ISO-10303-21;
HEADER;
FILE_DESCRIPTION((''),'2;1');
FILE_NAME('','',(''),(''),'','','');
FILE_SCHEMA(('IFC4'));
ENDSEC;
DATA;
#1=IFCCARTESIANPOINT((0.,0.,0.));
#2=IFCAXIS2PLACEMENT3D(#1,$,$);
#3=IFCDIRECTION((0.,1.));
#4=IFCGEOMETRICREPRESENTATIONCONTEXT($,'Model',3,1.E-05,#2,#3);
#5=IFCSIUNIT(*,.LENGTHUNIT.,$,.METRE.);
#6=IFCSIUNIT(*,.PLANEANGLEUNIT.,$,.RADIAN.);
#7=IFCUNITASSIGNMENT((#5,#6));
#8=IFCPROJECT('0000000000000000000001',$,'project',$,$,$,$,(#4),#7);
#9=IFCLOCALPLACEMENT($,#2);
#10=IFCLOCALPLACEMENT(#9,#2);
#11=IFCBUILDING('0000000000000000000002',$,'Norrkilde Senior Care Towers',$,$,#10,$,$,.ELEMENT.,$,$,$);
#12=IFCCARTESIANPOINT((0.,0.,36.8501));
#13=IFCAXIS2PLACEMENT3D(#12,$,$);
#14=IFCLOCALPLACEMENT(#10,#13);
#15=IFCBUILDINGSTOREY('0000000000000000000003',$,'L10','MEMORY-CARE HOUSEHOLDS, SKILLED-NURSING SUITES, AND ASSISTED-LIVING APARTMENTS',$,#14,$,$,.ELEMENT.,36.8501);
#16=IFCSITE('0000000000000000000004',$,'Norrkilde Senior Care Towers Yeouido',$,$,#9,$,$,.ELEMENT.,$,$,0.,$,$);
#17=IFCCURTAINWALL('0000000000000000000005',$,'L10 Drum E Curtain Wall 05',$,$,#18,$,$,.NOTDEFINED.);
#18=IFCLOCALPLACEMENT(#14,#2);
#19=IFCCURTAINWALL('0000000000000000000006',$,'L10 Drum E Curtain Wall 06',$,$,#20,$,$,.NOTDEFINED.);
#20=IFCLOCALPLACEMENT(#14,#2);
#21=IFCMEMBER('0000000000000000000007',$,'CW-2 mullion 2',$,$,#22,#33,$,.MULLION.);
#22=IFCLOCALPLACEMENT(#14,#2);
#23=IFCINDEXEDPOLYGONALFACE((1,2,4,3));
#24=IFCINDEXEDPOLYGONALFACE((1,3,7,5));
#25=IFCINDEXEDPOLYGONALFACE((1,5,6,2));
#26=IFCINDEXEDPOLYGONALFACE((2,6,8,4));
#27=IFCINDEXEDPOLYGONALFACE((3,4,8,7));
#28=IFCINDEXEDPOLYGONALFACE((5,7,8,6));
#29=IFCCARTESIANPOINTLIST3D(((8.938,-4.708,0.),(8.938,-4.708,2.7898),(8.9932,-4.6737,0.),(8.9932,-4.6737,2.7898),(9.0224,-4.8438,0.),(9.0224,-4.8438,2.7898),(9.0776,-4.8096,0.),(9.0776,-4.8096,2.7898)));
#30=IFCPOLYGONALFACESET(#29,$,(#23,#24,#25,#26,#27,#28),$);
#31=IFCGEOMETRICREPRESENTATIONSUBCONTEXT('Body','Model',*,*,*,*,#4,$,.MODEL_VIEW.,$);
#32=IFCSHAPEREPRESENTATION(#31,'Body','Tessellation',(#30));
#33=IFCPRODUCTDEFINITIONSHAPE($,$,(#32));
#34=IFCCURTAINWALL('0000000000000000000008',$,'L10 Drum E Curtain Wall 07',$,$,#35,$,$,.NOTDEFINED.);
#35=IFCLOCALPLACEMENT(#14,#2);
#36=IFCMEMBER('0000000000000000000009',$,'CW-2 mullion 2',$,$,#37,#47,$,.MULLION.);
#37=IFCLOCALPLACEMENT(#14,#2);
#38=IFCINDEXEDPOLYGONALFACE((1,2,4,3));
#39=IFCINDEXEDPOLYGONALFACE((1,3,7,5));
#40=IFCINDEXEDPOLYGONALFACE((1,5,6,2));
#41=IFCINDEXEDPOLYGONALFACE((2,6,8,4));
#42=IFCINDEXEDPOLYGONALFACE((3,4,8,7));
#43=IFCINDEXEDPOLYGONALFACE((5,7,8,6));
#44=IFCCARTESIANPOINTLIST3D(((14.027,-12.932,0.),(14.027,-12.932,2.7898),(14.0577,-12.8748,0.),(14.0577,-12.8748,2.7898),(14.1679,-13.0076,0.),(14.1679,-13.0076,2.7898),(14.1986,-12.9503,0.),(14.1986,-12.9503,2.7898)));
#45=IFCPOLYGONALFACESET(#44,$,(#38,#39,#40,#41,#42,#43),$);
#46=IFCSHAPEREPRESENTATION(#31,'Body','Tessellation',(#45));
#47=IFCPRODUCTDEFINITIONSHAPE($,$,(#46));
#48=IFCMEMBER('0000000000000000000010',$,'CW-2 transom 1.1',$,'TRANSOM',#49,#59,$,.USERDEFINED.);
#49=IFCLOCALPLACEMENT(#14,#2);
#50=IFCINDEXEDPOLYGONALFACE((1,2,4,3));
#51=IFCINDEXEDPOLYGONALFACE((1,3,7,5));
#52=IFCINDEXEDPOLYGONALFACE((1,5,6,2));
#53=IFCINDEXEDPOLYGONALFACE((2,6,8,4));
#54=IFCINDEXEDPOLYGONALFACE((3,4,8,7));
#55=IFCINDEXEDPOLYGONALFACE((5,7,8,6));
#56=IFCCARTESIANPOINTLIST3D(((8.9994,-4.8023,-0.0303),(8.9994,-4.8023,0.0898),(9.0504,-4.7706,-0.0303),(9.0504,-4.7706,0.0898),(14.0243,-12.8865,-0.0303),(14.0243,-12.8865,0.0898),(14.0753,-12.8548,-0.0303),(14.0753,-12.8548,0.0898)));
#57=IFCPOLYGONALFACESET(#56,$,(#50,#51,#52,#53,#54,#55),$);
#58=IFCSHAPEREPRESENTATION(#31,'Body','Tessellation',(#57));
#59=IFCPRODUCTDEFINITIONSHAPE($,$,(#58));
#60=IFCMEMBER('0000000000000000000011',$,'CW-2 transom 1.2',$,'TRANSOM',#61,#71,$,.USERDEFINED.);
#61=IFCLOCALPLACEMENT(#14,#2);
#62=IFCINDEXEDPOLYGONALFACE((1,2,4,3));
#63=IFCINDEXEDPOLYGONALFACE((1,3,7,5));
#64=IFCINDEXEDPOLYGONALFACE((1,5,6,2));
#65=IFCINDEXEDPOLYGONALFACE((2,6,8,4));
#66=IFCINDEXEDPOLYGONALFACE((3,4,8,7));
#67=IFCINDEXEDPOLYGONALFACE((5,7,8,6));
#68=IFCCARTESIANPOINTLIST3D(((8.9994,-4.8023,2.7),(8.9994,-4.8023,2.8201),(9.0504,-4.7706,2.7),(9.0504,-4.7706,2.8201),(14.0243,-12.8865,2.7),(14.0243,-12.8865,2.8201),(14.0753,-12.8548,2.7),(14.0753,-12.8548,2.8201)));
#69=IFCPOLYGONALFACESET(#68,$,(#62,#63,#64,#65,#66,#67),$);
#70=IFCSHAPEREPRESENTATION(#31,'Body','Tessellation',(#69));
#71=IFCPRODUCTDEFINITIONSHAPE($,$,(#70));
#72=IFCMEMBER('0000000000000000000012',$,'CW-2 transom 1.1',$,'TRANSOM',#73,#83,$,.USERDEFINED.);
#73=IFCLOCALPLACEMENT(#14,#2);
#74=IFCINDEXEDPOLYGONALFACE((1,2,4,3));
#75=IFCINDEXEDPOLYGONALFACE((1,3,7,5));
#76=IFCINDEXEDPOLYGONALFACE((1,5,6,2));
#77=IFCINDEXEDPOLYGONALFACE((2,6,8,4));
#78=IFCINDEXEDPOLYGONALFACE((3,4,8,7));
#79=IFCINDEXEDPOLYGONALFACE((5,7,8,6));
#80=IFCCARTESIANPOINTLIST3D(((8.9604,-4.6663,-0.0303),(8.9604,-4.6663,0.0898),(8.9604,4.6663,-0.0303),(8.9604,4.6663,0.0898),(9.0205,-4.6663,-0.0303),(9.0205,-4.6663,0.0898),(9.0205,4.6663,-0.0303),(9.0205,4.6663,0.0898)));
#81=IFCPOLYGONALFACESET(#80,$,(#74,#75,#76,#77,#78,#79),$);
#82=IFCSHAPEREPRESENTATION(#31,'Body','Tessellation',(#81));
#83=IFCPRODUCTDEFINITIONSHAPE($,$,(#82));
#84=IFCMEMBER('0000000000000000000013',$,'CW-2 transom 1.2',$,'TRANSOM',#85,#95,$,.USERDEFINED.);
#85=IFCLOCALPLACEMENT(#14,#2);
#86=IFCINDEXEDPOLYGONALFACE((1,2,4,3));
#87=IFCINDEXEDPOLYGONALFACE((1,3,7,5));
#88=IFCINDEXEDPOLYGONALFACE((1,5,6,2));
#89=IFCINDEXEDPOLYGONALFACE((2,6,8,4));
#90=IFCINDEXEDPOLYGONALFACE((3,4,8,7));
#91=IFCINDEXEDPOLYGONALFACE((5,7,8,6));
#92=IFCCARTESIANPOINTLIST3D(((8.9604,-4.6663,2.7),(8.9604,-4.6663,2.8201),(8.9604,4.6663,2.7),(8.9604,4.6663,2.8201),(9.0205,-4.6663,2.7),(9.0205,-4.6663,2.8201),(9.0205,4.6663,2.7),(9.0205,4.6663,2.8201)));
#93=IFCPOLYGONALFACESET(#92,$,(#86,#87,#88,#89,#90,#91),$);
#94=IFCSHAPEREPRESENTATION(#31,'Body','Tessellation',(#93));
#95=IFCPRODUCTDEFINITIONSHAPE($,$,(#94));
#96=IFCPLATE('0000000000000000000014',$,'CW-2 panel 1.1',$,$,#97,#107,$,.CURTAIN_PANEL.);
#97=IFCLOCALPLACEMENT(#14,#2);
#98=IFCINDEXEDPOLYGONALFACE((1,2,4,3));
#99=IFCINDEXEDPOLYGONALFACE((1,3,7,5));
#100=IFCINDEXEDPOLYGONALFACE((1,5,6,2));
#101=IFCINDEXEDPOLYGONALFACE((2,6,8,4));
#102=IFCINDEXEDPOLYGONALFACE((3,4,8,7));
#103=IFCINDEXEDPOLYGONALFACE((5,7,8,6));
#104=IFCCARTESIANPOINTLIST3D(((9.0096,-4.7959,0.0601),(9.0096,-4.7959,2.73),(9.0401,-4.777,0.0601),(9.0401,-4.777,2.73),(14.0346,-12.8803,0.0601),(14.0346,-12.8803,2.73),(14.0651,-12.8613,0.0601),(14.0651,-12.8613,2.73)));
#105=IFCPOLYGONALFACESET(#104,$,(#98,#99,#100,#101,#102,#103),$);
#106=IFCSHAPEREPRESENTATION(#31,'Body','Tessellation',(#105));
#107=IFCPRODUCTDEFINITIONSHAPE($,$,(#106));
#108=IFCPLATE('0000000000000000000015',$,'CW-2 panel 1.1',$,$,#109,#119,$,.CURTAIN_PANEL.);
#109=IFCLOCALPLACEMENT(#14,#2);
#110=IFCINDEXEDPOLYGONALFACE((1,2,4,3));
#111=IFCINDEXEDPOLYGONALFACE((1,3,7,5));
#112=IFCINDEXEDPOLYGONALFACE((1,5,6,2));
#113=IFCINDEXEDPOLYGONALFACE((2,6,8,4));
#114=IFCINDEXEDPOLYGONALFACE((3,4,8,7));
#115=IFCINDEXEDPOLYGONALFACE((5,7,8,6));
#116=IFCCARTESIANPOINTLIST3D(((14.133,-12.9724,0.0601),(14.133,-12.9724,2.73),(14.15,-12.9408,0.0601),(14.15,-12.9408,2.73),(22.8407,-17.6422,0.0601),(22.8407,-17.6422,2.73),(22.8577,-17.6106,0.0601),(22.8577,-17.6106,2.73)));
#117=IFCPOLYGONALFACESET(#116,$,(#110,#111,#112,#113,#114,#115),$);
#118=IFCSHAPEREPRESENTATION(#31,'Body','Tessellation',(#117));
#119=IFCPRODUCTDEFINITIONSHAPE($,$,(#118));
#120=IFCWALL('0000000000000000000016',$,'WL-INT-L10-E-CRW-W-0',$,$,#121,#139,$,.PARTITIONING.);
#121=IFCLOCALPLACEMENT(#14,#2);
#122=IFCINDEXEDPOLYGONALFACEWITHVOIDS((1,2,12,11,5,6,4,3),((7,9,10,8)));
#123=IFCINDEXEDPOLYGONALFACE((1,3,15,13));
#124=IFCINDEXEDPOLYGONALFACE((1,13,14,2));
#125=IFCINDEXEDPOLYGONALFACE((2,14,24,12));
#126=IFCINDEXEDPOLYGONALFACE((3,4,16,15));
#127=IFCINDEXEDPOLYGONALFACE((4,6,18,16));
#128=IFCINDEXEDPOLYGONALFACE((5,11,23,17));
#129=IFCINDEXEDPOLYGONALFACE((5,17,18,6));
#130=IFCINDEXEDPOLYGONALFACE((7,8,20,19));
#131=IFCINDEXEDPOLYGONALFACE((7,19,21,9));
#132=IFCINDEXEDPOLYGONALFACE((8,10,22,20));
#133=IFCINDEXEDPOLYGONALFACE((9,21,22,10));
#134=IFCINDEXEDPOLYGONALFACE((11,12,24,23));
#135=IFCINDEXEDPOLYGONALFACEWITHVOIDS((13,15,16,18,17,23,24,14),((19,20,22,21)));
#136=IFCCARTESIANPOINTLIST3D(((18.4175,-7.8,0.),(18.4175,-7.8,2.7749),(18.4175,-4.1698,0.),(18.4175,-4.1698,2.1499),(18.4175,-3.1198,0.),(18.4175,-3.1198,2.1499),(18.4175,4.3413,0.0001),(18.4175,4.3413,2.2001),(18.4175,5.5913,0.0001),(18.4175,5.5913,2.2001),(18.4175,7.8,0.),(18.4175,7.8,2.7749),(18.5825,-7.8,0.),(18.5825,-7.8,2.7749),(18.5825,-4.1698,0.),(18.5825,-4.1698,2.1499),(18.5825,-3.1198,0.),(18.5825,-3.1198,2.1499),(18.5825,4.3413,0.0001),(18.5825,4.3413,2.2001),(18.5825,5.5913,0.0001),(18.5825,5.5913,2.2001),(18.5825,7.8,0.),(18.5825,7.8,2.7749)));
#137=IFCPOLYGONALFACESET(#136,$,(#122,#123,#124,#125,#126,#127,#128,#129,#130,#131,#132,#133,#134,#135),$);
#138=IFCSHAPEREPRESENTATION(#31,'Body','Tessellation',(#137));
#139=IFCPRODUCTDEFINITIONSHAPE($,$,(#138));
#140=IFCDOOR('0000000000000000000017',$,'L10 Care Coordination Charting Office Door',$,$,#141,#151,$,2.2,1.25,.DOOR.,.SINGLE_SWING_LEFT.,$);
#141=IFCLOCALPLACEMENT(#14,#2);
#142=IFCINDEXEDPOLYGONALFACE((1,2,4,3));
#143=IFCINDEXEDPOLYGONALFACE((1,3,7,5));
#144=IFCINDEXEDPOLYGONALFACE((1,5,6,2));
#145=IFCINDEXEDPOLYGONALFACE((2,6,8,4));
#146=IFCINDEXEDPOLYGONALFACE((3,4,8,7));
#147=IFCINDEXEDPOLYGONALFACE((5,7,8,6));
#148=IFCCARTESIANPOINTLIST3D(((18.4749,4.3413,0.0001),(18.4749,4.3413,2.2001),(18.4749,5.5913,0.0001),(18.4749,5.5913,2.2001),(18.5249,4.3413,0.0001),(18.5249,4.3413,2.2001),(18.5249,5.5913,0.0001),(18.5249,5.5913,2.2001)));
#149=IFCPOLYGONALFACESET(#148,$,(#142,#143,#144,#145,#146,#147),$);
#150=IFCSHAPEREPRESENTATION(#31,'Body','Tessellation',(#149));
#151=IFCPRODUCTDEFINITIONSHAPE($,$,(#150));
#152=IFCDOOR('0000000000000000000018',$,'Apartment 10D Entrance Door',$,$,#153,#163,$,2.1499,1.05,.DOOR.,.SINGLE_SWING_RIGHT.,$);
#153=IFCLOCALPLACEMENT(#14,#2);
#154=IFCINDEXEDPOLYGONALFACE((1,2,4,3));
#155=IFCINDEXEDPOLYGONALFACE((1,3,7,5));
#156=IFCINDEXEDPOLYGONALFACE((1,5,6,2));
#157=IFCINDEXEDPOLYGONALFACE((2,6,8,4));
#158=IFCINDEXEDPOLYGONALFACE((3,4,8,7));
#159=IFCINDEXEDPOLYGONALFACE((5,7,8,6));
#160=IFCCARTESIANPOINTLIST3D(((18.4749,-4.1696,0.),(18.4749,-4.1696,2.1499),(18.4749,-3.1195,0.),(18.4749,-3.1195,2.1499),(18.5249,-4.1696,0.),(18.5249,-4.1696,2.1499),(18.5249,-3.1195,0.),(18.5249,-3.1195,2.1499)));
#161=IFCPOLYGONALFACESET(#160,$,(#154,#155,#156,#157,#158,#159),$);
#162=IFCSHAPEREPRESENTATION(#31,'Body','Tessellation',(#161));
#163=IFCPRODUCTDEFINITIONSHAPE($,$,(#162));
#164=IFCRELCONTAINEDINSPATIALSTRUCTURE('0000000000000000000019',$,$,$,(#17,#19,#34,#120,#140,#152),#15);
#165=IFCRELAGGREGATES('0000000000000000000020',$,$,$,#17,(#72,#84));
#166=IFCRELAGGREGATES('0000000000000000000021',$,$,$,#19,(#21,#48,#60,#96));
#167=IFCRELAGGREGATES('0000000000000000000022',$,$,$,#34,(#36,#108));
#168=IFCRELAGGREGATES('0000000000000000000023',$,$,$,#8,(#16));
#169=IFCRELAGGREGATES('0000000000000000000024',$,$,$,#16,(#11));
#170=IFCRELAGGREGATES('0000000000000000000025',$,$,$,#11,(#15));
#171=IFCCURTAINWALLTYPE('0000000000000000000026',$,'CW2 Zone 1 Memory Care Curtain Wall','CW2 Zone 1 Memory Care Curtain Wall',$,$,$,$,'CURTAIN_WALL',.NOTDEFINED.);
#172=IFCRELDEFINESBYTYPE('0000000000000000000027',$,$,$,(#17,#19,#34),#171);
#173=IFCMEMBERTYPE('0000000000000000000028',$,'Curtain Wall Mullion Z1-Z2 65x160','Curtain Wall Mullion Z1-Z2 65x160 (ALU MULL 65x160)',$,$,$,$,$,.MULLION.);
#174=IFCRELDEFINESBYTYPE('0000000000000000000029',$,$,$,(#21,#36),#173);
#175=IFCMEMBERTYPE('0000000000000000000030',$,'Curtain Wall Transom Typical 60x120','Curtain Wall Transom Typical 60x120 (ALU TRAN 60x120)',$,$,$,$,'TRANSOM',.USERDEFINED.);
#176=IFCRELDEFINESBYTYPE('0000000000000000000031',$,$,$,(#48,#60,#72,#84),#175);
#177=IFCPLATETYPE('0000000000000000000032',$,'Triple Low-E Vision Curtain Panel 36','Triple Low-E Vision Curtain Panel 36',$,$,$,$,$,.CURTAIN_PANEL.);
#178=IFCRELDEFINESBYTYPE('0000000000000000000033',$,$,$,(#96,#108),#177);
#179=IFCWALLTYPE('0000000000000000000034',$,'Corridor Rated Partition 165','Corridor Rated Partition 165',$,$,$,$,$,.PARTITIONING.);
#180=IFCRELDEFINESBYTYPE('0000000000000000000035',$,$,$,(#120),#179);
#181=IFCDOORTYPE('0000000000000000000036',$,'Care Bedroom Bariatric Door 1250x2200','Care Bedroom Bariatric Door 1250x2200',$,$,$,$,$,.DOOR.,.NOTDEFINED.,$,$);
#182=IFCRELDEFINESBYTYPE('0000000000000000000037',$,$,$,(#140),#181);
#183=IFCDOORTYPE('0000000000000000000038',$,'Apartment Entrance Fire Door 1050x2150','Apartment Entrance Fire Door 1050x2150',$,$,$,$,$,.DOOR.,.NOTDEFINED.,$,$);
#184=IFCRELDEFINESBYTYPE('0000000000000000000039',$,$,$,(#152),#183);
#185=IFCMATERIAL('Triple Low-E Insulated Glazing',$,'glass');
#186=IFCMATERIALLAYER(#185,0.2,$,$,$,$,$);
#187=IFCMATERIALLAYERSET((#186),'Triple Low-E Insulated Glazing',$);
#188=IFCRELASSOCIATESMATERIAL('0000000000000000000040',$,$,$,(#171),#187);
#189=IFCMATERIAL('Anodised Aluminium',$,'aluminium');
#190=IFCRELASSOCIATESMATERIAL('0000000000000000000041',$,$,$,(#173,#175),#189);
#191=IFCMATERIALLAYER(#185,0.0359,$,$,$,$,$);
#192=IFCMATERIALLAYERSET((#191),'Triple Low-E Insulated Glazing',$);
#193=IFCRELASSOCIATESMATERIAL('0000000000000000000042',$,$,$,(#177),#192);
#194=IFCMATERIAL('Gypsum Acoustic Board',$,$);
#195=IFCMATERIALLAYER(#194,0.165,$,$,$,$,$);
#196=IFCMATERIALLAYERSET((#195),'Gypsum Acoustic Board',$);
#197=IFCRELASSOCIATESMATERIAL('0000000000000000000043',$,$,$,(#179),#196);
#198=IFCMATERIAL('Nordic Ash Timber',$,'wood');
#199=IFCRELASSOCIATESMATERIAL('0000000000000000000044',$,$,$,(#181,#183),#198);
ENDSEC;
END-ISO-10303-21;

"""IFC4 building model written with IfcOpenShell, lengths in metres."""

from ifc_helpers import new_model, si_unit, direction, frame, frame_2d, origin, origin_2d, place, context, subcontext, project, spatial, rectangle, extrude, source, transform, mapped, material, layer, layer_set, material_profile, profile_set, type_object, type_shapes, element, fill, aggregate, save


model = new_model("IFC4")

# Units and contexts
model_context = context("Model", 3, precision=1e-05, world=origin(), true_north=direction((0.0, 1.0)))
body_context = subcontext(model_context, "Body", "Model", "MODEL_VIEW")
ifc_project = project(units=[si_unit("LENGTHUNIT", "METRE"), si_unit("PLANEANGLEUNIT", "RADIAN")], contexts=[model_context])

# Site, building, storey
site_placement = place(None, origin())
site = spatial("IfcSite", under=ifc_project, at=site_placement, Name="Norrkilde Senior Care Towers Yeouido", CompositionType="ELEMENT", RefElevation=0.0)
building_placement = place(site_placement, origin())
building = spatial("IfcBuilding", under=site, at=building_placement, Name="Norrkilde Senior Care Towers", CompositionType="ELEMENT")
storey_placement = place(building_placement, frame((0.0, 0.0, 36.8501)))
storey = spatial("IfcBuildingStorey", under=building, at=storey_placement, Name="L10", Description="MEMORY-CARE HOUSEHOLDS, SKILLED-NURSING SUITES, AND ASSISTED-LIVING APARTMENTS", CompositionType="ELEMENT", Elevation=36.8501)

# Curtain wall
ifc_material_1 = material(Name="Triple Low-E Insulated Glazing", Category="glass")
ifc_layer_1 = layer(ifc_material_1, 0.2)
ifc_layer_set_1 = layer_set([ifc_layer_1], Name="Triple Low-E Insulated Glazing")
curtain_wall_type = type_object("IfcCurtainWallType", Name="CW2 Zone 1 Memory Care Curtain Wall", Description="CW2 Zone 1 Memory Care Curtain Wall", ElementType="CURTAIN_WALL", PredefinedType="NOTDEFINED", material=ifc_layer_set_1)
curtain_wall_1_placement = place(storey_placement, origin())
curtain_wall_1 = element("IfcCurtainWall", 1, at=curtain_wall_1_placement, inside=storey, type_object=curtain_wall_type, Name="L10 Drum E Curtain Wall 05", PredefinedType="NOTDEFINED")
ifc_material_2 = material(Name="Anodised Aluminium", Category="aluminium")
ifc_material_profile_1 = material_profile(ifc_material_2, rectangle(XDim=0.0649, YDim=0.1599, at=origin_2d()), Name="ALU MULL 65x160")
ifc_profile_set_1 = profile_set([ifc_material_profile_1], Name="Anodised Aluminium")
member_type_1 = type_object("IfcMemberType", Name="Curtain Wall Mullion Z1-Z2 65x160", Description="Curtain Wall Mullion Z1-Z2 65x160 (ALU MULL 65x160)", PredefinedType="MULLION", material=ifc_profile_set_1)
shared_shape_1 = source(origin(), body_context, "Body", "SweptSolid", [
    extrude(rectangle(XDim=0.0649, YDim=0.1599, at=origin_2d()), origin(), (0.0, 0.0, 1.0), 2.7898),
])
type_shapes(member_type_1, [shared_shape_1])

# Curtain wall, member
curtain_wall_2_placement = place(storey_placement, origin())
curtain_wall_2 = element("IfcCurtainWall", 2, at=curtain_wall_2_placement, inside=storey, type_object=curtain_wall_type, Name="L10 Drum E Curtain Wall 06", PredefinedType="NOTDEFINED")
member_1_placement = place(storey_placement, frame((9.0078, -4.7588, 0.0), z_axis=(0.0, 0.0, 1.0), x_axis=(-0.849306, -0.527901, 0.0)))
member_1 = element("IfcMember", 3, at=member_1_placement, type_object=member_type_1, Name="CW-2 mullion 2", PredefinedType="MULLION", context=body_context, shape_type="MappedRepresentation", body=[
    mapped(shared_shape_1, transform((0.0, 0.0, 0.0), x_axis=(1.0, 0.0, 0.0), y_axis=(0.0, 1.0, 0.0), z_axis=(0.0, 0.0, 1.0), scale=1.0)),
])

# Curtain wall, member
curtain_wall_3_placement = place(storey_placement, origin())
curtain_wall_3 = element("IfcCurtainWall", 4, at=curtain_wall_3_placement, inside=storey, type_object=curtain_wall_type, Name="L10 Drum E Curtain Wall 07", PredefinedType="NOTDEFINED")
member_2_placement = place(storey_placement, frame((14.1128, -12.9412, 0.0), z_axis=(0.0, 0.0, 1.0), x_axis=(-0.472608, -0.881273, 0.0)))
member_2 = element("IfcMember", 5, at=member_2_placement, type_object=member_type_1, Name="CW-2 mullion 2", PredefinedType="MULLION", context=body_context, shape_type="MappedRepresentation", body=[
    mapped(shared_shape_1, transform((0.0, 0.0, 0.0), x_axis=(1.0, 0.0, 0.0), y_axis=(0.0, 1.0, 0.0), z_axis=(0.0, 0.0, 1.0), scale=1.0)),
])

# Members
ifc_material_profile_2 = material_profile(ifc_material_2, rectangle(XDim=0.0601, YDim=0.1201, at=origin_2d()), Name="ALU TRAN 60x120")
ifc_profile_set_2 = profile_set([ifc_material_profile_2], Name="Anodised Aluminium")
member_type_2 = type_object("IfcMemberType", Name="Curtain Wall Transom Typical 60x120", Description="Curtain Wall Transom Typical 60x120 (ALU TRAN 60x120)", ElementType="TRANSOM", PredefinedType="USERDEFINED", material=ifc_profile_set_2)
shared_shape_2 = source(origin(), body_context, "Body", "SweptSolid", [
    extrude(rectangle(XDim=0.0601, YDim=0.1201, at=origin_2d()), origin(), (0.0, 0.0, 1.0), 9.5186),
])
member_3_placement = place(storey_placement, frame((14.0498, -12.8706, 0.0298), z_axis=(-0.527902, 0.849306, 0.0), x_axis=(-0.849306, -0.527902, 0.0)))
member_3 = element("IfcMember", 6, at=member_3_placement, type_object=member_type_2, Name="CW-2 transom 1.1", ObjectType="TRANSOM", PredefinedType="USERDEFINED", context=body_context, shape_type="MappedRepresentation", body=[
    mapped(shared_shape_2, transform((0.0, 0.0, 0.0), x_axis=(1.0, 0.0, 0.0), y_axis=(0.0, 1.0, 0.0), z_axis=(0.0, 0.0, 1.0), scale=1.0)),
])
member_4_placement = place(storey_placement, frame((14.0498, -12.8706, 2.76), z_axis=(-0.527902, 0.849306, 0.0), x_axis=(-0.849306, -0.527902, 0.0)))
member_4 = element("IfcMember", 7, at=member_4_placement, type_object=member_type_2, Name="CW-2 transom 1.2", ObjectType="TRANSOM", PredefinedType="USERDEFINED", context=body_context, shape_type="MappedRepresentation", body=[
    mapped(shared_shape_2, transform((0.0, 0.0, 0.0), x_axis=(1.0, 0.0, 0.0), y_axis=(0.0, 1.0, 0.0), z_axis=(0.0, 0.0, 1.0), scale=1.0)),
])
shared_shape_3 = source(origin(), body_context, "Body", "SweptSolid", [
    extrude(rectangle(XDim=0.0601, YDim=0.1201, at=origin_2d()), origin(), (0.0, 0.0, 1.0), 9.3325),
])
type_shapes(member_type_2, [shared_shape_2, shared_shape_3])
member_5_placement = place(storey_placement, frame((8.9905, -4.6663, 0.0298), z_axis=(0.0, 1.0, 0.0), x_axis=(-1.0, 0.0, 0.0)))
member_5 = element("IfcMember", 8, at=member_5_placement, type_object=member_type_2, Name="CW-2 transom 1.1", ObjectType="TRANSOM", PredefinedType="USERDEFINED", context=body_context, shape_type="MappedRepresentation", body=[
    mapped(shared_shape_3, transform((0.0, 0.0, 0.0), x_axis=(1.0, 0.0, 0.0), y_axis=(0.0, 1.0, 0.0), z_axis=(0.0, 0.0, 1.0), scale=1.0)),
])
member_6_placement = place(storey_placement, frame((8.9905, -4.6663, 2.76), z_axis=(0.0, 1.0, 0.0), x_axis=(-1.0, 0.0, 0.0)))
member_6 = element("IfcMember", 9, at=member_6_placement, type_object=member_type_2, Name="CW-2 transom 1.2", ObjectType="TRANSOM", PredefinedType="USERDEFINED", context=body_context, shape_type="MappedRepresentation", body=[
    mapped(shared_shape_3, transform((0.0, 0.0, 0.0), x_axis=(1.0, 0.0, 0.0), y_axis=(0.0, 1.0, 0.0), z_axis=(0.0, 0.0, 1.0), scale=1.0)),
])
aggregate(curtain_wall_1, [member_5, member_6])

# Plates
ifc_layer_2 = layer(ifc_material_1, 0.0359)
ifc_layer_set_2 = layer_set([ifc_layer_2], Name="Triple Low-E Insulated Glazing")
plate_type = type_object("IfcPlateType", Name="Triple Low-E Vision Curtain Panel 36", Description="Triple Low-E Vision Curtain Panel 36", PredefinedType="CURTAIN_PANEL", material=ifc_layer_set_2)
shared_shape_4 = source(origin(), body_context, "Body", "SweptSolid", [
    extrude(rectangle(XDim=9.5188, YDim=0.0359, at=origin_2d()), origin(), (0.0, 0.0, 1.0), 2.6699),
])
plate_1_placement = place(storey_placement, frame((11.5374, -8.8286, 0.0601), z_axis=(0.0, 0.0, 1.0), x_axis=(-0.527901, 0.849306, 0.0)))
plate_1 = element("IfcPlate", 10, at=plate_1_placement, type_object=plate_type, Name="CW-2 panel 1.1", PredefinedType="CURTAIN_PANEL", context=body_context, shape_type="MappedRepresentation", body=[
    mapped(shared_shape_4, transform((0.0, 0.0, 0.0), x_axis=(1.0, 0.0, 0.0), y_axis=(0.0, 1.0, 0.0), z_axis=(0.0, 0.0, 1.0), scale=1.0)),
])
aggregate(curtain_wall_2, [member_1, member_3, member_4, plate_1])
shared_shape_5 = source(origin(), body_context, "Body", "SweptSolid", [
    extrude(rectangle(XDim=9.8809, YDim=0.0359, at=origin_2d()), origin(), (0.0, 0.0, 1.0), 2.6699),
])
type_shapes(plate_type, [shared_shape_4, shared_shape_5])
plate_2_placement = place(storey_placement, frame((18.4954, -15.2915, 0.0601), z_axis=(0.0, 0.0, 1.0), x_axis=(-0.881273, 0.472608, 0.0)))
plate_2 = element("IfcPlate", 11, at=plate_2_placement, type_object=plate_type, Name="CW-2 panel 1.1", PredefinedType="CURTAIN_PANEL", context=body_context, shape_type="MappedRepresentation", body=[
    mapped(shared_shape_5, transform((0.0, 0.0, 0.0), x_axis=(1.0, 0.0, 0.0), y_axis=(0.0, 1.0, 0.0), z_axis=(0.0, 0.0, 1.0), scale=1.0)),
])
aggregate(curtain_wall_3, [member_2, plate_2])

# Wall, openings, doors
ifc_material_3 = material(Name="Gypsum Acoustic Board")
ifc_layer_3 = layer(ifc_material_3, 0.165)
ifc_layer_set_3 = layer_set([ifc_layer_3], Name="Gypsum Acoustic Board")
wall_type_1 = type_object("IfcWallType", Name="Corridor Rated Partition 165", Description="Corridor Rated Partition 165", PredefinedType="PARTITIONING", material=ifc_layer_set_3)
shared_shape_6 = source(origin(), body_context, "Body", "SweptSolid", [
    extrude(rectangle(XDim=15.6001, YDim=0.165, at=frame_2d((7.8, 0.0))), origin(), (0.0, 0.0, 1.0), 2.7749),
])
type_shapes(wall_type_1, [shared_shape_6])
wall_1_placement = place(storey_placement, frame((18.5, -7.8, 0.0), z_axis=(0.0, 0.0, 1.0), x_axis=(0.0, 1.0, 0.0)))
wall_1 = element("IfcWall", 12, at=wall_1_placement, inside=storey, type_object=wall_type_1, Name="WL-INT-L10-E-CRW-W-0", PredefinedType="PARTITIONING", context=body_context, shape_type="MappedRepresentation", body=[
    mapped(shared_shape_6, transform((0.0, 0.0, 0.0), x_axis=(1.0, 0.0, 0.0), y_axis=(0.0, 1.0, 0.0), z_axis=(0.0, 0.0, 1.0), scale=1.0)),
])
opening_1_placement = place(wall_1_placement, frame((12.1414, 0.0, 0.0)))
opening_1 = element("IfcOpeningElement", 13, at=opening_1_placement, cuts=wall_1, PredefinedType="OPENING", context=body_context, shape_type="SweptSolid", body=[
    extrude(rectangle(XDim=1.25, YDim=2.2, at=frame_2d((0.625, 1.1001))), frame((0.0, 0.0925, 0.0), z_axis=(0.0, -1.0, 0.0), x_axis=(1.0, 0.0, 0.0)), (0.0, 0.0, 1.0), 0.1851),
])
opening_2_placement = place(wall_1_placement, frame((3.6304, 0.0, 0.0)))
opening_2 = element("IfcOpeningElement", 14, at=opening_2_placement, cuts=wall_1, PredefinedType="OPENING", context=body_context, shape_type="SweptSolid", body=[
    extrude(rectangle(XDim=1.05, YDim=2.1499, at=frame_2d((0.5249, 1.075))), frame((0.0, 0.0925, 0.0), z_axis=(0.0, -1.0, 0.0), x_axis=(1.0, 0.0, 0.0)), (0.0, 0.0, 1.0), 0.1851),
])
ifc_material_4 = material(Name="Nordic Ash Timber", Category="wood")
door_type_1 = type_object("IfcDoorType", Name="Care Bedroom Bariatric Door 1250x2200", Description="Care Bedroom Bariatric Door 1250x2200", OperationType="NOTDEFINED", PredefinedType="DOOR", material=ifc_material_4)
shared_shape_7 = source(origin(), body_context, "Body", "SweptSolid", [
    extrude(rectangle(XDim=1.25, YDim=2.2, at=frame_2d((0.625, 1.1001))), frame((0.0, 0.0249, 0.0), z_axis=(0.0, -1.0, 0.0), x_axis=(1.0, 0.0, 0.0)), (0.0, 0.0, 1.0), 0.05),
])
type_shapes(door_type_1, [shared_shape_7])
door_1_placement = place(opening_1_placement, frame((1.25, 0.0, 0.0), z_axis=(0.0, 0.0, 1.0), x_axis=(-1.0, 0.0, 0.0)))
door_1 = element("IfcDoor", 15, at=door_1_placement, inside=storey, type_object=door_type_1, Name="L10 Care Coordination Charting Office Door", OperationType="SINGLE_SWING_LEFT", OverallHeight=2.2, OverallWidth=1.25, PredefinedType="DOOR", context=body_context, shape_type="MappedRepresentation", body=[
    mapped(shared_shape_7, transform((0.0, 0.0, 0.0), x_axis=(1.0, 0.0, 0.0), y_axis=(0.0, 1.0, 0.0), z_axis=(0.0, 0.0, 1.0), scale=1.0)),
])
fill(opening_1, door_1)
door_type_2 = type_object("IfcDoorType", Name="Apartment Entrance Fire Door 1050x2150", Description="Apartment Entrance Fire Door 1050x2150", OperationType="NOTDEFINED", PredefinedType="DOOR", material=ifc_material_4)
shared_shape_8 = source(origin(), body_context, "Body", "SweptSolid", [
    extrude(rectangle(XDim=1.05, YDim=2.1499, at=frame_2d((0.5249, 1.075))), frame((0.0, 0.0249, 0.0), z_axis=(0.0, -1.0, 0.0), x_axis=(1.0, 0.0, 0.0)), (0.0, 0.0, 1.0), 0.05),
])
type_shapes(door_type_2, [shared_shape_8])
door_2_placement = place(opening_2_placement, frame((1.05, 0.0, 0.0), z_axis=(0.0, 0.0, 1.0), x_axis=(-1.0, 0.0, 0.0)))
door_2 = element("IfcDoor", 16, at=door_2_placement, inside=storey, type_object=door_type_2, Name="Apartment 10D Entrance Door", OperationType="SINGLE_SWING_RIGHT", OverallHeight=2.1499, OverallWidth=1.05, PredefinedType="DOOR", context=body_context, shape_type="MappedRepresentation", body=[
    mapped(shared_shape_8, transform((0.0, 0.0, 0.0), x_axis=(1.0, 0.0, 0.0), y_axis=(0.0, 1.0, 0.0), z_axis=(0.0, 0.0, 1.0), scale=1.0)),
])
fill(opening_2, door_2)

save(model, "model.ifc")
